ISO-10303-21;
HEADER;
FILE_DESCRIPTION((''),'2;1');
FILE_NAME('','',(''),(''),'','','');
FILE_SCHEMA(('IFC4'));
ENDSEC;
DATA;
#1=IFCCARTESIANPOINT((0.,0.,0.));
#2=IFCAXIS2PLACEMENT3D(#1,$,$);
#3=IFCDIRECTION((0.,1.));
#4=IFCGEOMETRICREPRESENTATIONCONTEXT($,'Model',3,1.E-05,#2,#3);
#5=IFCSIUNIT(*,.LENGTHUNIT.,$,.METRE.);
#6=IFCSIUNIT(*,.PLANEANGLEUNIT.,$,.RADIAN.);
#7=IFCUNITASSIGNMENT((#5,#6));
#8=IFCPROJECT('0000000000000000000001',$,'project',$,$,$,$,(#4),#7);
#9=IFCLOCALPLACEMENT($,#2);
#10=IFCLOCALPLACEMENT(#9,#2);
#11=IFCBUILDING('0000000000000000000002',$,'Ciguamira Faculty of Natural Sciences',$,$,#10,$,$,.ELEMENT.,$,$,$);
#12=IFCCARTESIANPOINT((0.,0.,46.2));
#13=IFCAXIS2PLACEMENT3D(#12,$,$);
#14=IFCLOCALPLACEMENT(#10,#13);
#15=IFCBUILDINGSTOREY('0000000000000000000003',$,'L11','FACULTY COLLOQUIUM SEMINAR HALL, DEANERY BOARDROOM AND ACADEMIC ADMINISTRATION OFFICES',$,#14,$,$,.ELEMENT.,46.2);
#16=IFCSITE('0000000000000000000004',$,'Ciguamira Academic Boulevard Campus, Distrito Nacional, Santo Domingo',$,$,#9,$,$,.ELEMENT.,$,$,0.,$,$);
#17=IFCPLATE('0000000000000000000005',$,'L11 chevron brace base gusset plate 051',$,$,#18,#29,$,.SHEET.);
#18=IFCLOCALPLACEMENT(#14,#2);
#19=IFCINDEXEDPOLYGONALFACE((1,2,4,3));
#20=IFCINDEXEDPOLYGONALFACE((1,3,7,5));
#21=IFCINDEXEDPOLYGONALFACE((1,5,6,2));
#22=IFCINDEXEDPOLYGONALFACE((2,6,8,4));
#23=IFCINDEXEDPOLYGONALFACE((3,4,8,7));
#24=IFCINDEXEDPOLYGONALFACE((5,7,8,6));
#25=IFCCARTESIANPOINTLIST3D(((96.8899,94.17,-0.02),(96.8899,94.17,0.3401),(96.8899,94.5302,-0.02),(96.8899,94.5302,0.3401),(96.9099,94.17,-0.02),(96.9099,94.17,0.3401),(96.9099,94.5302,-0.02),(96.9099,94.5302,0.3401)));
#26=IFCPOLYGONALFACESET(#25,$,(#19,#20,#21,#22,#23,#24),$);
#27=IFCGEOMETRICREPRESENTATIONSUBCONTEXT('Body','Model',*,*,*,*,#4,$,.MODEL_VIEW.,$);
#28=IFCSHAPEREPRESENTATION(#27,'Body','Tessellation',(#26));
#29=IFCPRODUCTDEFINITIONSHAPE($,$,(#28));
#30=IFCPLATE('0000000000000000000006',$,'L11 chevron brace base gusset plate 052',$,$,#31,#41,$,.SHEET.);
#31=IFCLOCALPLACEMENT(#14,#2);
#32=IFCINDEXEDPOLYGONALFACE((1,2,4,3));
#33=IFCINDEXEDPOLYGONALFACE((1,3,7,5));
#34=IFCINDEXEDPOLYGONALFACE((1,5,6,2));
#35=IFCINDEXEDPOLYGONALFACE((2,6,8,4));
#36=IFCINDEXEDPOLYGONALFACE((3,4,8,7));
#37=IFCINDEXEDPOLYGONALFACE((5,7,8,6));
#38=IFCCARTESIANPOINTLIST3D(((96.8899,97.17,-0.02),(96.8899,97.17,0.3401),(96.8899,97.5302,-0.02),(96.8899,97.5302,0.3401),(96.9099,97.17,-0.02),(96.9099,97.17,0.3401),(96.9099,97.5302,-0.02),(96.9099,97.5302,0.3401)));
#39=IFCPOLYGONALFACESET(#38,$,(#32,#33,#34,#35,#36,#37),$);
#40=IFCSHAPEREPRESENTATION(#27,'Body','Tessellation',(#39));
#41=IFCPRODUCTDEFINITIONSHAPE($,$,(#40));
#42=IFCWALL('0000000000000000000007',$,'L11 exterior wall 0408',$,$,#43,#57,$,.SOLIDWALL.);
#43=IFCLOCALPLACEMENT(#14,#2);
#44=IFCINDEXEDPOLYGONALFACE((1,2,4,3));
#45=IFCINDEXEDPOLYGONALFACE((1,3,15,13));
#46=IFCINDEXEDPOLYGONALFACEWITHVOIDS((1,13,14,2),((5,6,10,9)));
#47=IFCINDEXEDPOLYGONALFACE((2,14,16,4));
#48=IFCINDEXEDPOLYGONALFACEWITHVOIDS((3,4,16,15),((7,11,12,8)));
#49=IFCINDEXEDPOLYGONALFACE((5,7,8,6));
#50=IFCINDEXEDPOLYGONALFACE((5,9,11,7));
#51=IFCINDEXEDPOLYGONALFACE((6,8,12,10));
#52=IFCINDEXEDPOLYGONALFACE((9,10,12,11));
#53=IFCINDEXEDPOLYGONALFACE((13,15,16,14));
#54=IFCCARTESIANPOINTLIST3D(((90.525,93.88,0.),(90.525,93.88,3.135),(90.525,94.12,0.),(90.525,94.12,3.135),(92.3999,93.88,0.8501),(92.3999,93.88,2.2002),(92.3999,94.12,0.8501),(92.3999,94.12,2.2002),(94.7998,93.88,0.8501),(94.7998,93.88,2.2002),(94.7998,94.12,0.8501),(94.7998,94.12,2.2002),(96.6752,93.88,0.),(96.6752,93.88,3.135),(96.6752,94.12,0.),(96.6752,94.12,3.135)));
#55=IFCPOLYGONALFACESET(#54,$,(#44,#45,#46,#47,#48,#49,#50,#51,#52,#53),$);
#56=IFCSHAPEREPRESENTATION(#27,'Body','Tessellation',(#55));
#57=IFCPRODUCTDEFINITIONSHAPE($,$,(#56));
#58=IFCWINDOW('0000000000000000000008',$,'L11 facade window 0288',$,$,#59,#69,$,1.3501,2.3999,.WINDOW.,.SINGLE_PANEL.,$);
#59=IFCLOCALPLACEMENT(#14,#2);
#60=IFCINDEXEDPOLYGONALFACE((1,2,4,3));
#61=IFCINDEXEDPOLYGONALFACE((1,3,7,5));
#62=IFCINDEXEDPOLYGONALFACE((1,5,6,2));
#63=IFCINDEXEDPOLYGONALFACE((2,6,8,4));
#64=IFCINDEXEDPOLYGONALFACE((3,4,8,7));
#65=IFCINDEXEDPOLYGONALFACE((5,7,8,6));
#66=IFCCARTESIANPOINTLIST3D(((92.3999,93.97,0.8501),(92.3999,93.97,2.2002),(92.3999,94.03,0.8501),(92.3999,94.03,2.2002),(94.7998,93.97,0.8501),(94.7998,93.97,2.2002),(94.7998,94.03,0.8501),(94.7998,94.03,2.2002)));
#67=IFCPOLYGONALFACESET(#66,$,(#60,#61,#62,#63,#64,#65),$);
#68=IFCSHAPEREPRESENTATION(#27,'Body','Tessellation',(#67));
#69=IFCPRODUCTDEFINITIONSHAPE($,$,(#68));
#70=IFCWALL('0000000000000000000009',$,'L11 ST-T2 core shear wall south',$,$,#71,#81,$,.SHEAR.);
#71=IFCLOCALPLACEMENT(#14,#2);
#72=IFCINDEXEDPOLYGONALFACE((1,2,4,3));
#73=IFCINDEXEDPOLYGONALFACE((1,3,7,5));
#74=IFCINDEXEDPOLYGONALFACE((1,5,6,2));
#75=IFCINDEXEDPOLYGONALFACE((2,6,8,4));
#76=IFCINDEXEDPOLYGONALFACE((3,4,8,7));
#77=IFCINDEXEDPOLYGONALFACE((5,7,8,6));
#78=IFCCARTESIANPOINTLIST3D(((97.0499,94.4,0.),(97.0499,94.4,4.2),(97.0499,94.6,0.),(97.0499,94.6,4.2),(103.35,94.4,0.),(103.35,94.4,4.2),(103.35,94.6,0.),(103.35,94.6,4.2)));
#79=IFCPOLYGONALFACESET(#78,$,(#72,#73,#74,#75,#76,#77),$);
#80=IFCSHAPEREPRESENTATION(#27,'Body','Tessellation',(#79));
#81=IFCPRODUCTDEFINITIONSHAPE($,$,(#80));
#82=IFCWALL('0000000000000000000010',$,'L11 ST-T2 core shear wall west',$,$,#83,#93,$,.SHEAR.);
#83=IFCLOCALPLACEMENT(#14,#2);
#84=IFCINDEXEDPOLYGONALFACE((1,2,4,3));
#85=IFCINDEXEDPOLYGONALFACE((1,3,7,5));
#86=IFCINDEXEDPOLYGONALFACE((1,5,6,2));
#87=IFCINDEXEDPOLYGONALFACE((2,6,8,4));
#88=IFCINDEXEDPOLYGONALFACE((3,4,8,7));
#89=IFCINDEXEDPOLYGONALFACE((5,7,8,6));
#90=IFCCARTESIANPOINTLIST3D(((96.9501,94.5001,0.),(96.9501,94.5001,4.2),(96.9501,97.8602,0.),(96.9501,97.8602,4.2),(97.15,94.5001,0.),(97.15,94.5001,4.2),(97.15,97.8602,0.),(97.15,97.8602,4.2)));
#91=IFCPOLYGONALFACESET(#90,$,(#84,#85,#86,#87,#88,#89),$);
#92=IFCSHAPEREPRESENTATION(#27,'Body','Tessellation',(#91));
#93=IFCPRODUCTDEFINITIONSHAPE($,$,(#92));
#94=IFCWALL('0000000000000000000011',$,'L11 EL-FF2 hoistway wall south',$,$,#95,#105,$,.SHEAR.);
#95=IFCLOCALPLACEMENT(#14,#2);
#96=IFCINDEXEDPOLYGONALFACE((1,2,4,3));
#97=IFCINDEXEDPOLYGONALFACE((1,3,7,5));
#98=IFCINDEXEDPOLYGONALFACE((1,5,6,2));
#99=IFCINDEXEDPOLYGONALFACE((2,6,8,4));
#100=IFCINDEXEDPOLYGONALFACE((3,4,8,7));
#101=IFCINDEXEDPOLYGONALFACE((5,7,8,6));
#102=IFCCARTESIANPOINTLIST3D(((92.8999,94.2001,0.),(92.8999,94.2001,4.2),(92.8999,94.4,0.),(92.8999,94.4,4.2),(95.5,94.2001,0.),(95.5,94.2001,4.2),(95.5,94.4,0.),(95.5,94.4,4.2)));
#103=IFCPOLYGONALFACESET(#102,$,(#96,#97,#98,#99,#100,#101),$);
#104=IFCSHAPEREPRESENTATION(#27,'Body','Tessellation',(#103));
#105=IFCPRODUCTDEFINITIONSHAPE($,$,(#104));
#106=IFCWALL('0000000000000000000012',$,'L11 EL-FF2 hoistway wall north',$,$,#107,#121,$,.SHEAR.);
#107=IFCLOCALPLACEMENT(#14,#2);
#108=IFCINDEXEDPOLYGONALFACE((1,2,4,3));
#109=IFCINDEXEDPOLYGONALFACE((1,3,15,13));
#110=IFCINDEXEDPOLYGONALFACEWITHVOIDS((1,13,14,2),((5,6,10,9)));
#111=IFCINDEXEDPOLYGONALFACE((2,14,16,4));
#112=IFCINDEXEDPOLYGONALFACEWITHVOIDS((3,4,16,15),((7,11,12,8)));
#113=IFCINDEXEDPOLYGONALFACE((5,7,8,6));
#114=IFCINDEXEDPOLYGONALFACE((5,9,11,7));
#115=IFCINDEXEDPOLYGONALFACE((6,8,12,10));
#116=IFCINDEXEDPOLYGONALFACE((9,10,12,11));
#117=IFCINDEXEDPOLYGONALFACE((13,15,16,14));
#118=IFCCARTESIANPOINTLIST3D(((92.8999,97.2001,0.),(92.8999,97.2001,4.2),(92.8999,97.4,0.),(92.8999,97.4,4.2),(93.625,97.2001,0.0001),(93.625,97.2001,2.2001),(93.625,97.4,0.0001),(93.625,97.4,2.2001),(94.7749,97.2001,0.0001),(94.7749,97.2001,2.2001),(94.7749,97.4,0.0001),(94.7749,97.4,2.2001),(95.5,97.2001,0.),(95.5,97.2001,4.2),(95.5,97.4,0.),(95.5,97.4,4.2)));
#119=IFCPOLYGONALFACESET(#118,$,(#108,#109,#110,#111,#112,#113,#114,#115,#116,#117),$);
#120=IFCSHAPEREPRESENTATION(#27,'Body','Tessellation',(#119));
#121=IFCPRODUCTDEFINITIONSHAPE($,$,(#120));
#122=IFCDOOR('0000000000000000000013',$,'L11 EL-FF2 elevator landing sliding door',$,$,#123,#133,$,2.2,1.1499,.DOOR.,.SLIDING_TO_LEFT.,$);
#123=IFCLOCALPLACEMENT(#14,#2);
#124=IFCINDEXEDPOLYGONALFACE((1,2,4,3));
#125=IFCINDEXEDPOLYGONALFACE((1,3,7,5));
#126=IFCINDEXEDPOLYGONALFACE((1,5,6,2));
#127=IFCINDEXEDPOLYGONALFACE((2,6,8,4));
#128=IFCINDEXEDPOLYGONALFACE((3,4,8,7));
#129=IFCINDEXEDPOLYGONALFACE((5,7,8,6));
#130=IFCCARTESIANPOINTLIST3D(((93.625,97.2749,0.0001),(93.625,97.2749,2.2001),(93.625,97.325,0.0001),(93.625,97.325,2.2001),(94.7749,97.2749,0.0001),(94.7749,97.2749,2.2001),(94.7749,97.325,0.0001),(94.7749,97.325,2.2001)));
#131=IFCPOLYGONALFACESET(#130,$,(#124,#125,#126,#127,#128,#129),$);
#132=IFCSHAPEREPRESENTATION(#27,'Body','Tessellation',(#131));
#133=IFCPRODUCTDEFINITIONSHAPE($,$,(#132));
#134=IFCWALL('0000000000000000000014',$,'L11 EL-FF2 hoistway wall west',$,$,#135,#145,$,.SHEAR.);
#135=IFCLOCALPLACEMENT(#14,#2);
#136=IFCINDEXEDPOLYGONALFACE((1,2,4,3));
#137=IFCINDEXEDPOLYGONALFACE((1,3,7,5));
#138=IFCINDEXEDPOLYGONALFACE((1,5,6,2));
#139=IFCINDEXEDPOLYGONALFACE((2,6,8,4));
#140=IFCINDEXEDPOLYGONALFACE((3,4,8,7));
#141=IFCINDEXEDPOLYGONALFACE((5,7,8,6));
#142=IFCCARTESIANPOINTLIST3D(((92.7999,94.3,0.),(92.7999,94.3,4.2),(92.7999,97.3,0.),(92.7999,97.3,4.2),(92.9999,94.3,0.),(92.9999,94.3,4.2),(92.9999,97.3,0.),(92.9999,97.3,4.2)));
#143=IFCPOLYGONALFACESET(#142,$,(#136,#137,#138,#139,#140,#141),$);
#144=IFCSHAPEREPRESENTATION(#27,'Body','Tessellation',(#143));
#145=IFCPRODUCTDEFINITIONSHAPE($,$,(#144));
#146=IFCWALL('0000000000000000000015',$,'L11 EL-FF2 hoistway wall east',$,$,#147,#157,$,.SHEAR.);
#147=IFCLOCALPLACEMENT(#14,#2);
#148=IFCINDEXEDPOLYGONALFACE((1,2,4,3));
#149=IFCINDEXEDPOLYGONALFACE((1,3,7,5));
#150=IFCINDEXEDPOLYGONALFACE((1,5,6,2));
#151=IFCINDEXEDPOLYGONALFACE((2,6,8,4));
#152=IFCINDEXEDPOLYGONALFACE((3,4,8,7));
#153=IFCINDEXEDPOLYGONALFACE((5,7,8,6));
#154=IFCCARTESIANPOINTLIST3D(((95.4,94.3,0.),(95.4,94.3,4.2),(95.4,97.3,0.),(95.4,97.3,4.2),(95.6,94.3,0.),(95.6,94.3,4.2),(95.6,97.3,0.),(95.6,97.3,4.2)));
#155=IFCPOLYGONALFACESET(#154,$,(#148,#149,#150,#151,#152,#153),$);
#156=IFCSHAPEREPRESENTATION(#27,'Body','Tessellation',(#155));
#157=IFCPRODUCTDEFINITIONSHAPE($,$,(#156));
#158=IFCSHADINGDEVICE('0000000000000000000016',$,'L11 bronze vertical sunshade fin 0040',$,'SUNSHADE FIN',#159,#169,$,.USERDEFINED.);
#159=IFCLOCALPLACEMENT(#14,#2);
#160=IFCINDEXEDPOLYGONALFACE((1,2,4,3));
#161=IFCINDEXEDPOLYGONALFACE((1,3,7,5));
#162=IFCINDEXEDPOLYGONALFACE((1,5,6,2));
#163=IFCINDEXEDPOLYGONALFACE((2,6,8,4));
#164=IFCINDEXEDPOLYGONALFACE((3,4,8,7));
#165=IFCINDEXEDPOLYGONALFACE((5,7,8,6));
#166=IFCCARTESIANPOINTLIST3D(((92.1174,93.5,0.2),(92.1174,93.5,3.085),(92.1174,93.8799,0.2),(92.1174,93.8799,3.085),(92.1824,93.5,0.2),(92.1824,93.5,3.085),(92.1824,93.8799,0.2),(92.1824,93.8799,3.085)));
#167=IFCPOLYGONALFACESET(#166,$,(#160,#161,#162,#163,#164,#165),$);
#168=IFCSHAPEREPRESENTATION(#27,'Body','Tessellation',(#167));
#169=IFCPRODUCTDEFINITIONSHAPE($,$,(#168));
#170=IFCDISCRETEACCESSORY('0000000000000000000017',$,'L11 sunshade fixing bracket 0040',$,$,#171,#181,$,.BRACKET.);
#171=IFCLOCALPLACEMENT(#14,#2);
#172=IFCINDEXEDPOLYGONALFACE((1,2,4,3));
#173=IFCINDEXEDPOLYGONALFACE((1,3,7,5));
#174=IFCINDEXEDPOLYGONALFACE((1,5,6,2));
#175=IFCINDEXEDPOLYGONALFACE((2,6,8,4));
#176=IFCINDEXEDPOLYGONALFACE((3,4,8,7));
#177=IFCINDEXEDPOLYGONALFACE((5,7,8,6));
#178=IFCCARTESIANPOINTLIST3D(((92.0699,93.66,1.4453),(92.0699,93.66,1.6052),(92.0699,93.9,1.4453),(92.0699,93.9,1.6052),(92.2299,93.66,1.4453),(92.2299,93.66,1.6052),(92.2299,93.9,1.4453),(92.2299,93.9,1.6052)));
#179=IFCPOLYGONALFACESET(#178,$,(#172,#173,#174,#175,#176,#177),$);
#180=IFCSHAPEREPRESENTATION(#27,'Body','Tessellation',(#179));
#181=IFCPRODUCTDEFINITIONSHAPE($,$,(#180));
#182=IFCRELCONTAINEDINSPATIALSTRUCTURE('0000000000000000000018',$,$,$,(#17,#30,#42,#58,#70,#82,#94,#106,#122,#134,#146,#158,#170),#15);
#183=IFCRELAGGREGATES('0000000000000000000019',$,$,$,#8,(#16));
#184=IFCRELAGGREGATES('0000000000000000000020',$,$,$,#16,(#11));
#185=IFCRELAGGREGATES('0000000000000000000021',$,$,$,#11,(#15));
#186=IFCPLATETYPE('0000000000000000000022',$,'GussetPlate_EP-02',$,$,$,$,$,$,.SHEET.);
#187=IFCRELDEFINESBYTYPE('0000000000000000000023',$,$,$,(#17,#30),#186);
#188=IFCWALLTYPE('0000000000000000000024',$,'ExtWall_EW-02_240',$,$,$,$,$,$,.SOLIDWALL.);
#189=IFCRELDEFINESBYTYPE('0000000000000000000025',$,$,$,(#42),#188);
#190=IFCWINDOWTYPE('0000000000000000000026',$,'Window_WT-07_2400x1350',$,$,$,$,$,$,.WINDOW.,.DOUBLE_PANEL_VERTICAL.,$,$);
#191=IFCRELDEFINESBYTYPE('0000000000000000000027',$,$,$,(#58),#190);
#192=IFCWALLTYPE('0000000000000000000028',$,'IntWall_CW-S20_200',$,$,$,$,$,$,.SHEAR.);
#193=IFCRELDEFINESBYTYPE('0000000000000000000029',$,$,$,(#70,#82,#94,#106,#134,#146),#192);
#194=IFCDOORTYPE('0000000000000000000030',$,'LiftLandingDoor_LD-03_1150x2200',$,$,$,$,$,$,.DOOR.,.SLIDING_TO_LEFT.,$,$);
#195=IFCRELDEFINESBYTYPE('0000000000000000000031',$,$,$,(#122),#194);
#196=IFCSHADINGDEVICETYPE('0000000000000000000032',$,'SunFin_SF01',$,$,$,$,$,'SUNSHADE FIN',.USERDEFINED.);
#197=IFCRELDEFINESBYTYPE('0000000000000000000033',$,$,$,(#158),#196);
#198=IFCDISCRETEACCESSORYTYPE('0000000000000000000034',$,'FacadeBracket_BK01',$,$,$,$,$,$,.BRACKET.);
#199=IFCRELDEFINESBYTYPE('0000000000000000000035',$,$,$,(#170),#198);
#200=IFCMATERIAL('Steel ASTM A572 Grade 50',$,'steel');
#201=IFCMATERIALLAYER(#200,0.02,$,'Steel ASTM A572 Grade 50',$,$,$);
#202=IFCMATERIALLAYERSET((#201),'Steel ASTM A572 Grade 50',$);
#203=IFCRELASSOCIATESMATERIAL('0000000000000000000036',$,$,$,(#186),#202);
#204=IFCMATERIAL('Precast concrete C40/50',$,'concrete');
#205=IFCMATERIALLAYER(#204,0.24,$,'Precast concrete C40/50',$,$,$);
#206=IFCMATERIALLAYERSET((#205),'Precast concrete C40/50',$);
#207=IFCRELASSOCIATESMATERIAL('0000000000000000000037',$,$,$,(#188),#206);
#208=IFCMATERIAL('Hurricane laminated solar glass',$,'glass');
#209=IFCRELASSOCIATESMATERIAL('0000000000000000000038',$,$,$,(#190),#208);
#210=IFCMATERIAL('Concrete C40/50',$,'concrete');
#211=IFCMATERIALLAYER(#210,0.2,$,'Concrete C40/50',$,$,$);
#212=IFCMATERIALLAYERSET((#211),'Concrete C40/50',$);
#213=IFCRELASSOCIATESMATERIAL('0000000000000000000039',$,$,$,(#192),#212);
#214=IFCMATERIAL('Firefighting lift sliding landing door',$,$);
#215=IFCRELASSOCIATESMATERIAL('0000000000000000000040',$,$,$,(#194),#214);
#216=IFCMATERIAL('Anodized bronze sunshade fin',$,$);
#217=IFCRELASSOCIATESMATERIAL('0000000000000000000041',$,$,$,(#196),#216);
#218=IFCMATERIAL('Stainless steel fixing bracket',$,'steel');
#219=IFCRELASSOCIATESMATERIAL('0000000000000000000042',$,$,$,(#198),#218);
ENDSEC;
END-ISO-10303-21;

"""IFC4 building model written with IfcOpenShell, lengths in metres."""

from ifc_helpers import new_model, si_unit, direction, frame, frame_2d, origin, origin_2d, place, context, subcontext, project, spatial, rectangle, extrude, material, layer, layer_set, material_profile, profile_set, type_object, element, fill, save


model = new_model("IFC4")

# Units and contexts
model_context = context("Model", 3, precision=1e-05, world=origin(), true_north=direction((0.0, 1.0)))
body_context = subcontext(model_context, "Body", "Model", "MODEL_VIEW")
ifc_project = project(units=[si_unit("LENGTHUNIT", "METRE"), si_unit("PLANEANGLEUNIT", "RADIAN")], contexts=[model_context])

# Site, building, storey
site_placement = place(None, origin())
site = spatial("IfcSite", under=ifc_project, at=site_placement, Name="Ciguamira Academic Boulevard Campus, Distrito Nacional, Santo Domingo", CompositionType="ELEMENT", RefElevation=0.0)
building_placement = place(site_placement, origin())
building = spatial("IfcBuilding", under=site, at=building_placement, Name="Ciguamira Faculty of Natural Sciences", CompositionType="ELEMENT")
storey_placement = place(building_placement, frame((0.0, 0.0, 46.2)))
storey = spatial("IfcBuildingStorey", under=building, at=storey_placement, Name="L11", Description="FACULTY COLLOQUIUM SEMINAR HALL, DEANERY BOARDROOM AND ACADEMIC ADMINISTRATION OFFICES", CompositionType="ELEMENT", Elevation=46.2)

# Shared definitions
ifc_material_1 = material(Name="Concrete C40/50", Category="concrete")

# Plates
ifc_material_2 = material(Name="Steel ASTM A572 Grade 50", Category="steel")
ifc_layer_1 = layer(ifc_material_2, 0.02, Name="Steel ASTM A572 Grade 50")
ifc_layer_set_1 = layer_set([ifc_layer_1], Name="Steel ASTM A572 Grade 50")
plate_type = type_object("IfcPlateType", Name="GussetPlate_EP-02", PredefinedType="SHEET", material=ifc_layer_set_1)
for number, where, z_axis, x_axis, name in (
    (1, (96.8999, 94.3501, -0.02), (0.0, 0.0, 1.0), (1.0, 0.0, 0.0), "L11 chevron brace base gusset plate 051"),
    (2, (96.8999, 97.3501, -0.02), (0.0, 0.0, 1.0), (1.0, 0.0, 0.0), "L11 chevron brace base gusset plate 052"),
):
    element("IfcPlate", number, at=place(storey_placement, frame(where, z_axis=z_axis, x_axis=x_axis)), inside=storey, type_object=plate_type, Name=name, PredefinedType="SHEET", context=body_context, shape_type="SweptSolid", body=[
        extrude(rectangle(XDim=0.02, YDim=0.3601, at=origin_2d()), origin(), (0.0, 0.0, 1.0), 0.3601),
    ])

# Wall, opening, window
ifc_material_3 = material(Name="Precast concrete C40/50", Category="concrete")
ifc_layer_2 = layer(ifc_material_3, 0.24, Name="Precast concrete C40/50")
ifc_layer_set_2 = layer_set([ifc_layer_2], Name="Precast concrete C40/50")
wall_type_1 = type_object("IfcWallType", Name="ExtWall_EW-02_240", PredefinedType="SOLIDWALL", material=ifc_layer_set_2)
wall_1_placement = place(storey_placement, frame((90.5249, 94.0, 0.0), z_axis=(0.0, 0.0, 1.0), x_axis=(1.0, 0.0, 0.0)))
wall_1 = element("IfcWall", 3, at=wall_1_placement, inside=storey, type_object=wall_type_1, Name="L11 exterior wall 0408", PredefinedType="SOLIDWALL", context=body_context, shape_type="SweptSolid", body=[
    extrude(rectangle(XDim=6.1501, YDim=0.24, at=frame_2d((3.0752, 0.0))), origin(), (0.0, 0.0, 1.0), 3.135),
])
opening_1_placement = place(wall_1_placement, frame((1.875, 0.0, 0.8501)))
opening_1 = element("IfcOpeningElement", 4, at=opening_1_placement, cuts=wall_1, PredefinedType="OPENING", context=body_context, shape_type="SweptSolid", body=[
    extrude(rectangle(XDim=2.3999, YDim=1.3501, at=frame_2d((1.2, 0.675))), frame((0.0, 0.1299, 0.0), z_axis=(0.0, -1.0, 0.0), x_axis=(1.0, 0.0, 0.0)), (0.0, 0.0, 1.0), 0.26),
])
ifc_material_4 = material(Name="Hurricane laminated solar glass", Category="glass")
window_type = type_object("IfcWindowType", Name="Window_WT-07_2400x1350", PartitioningType="DOUBLE_PANEL_VERTICAL", PredefinedType="WINDOW", material=ifc_material_4)
window_placement = place(opening_1_placement, origin())
window = element("IfcWindow", 5, at=window_placement, inside=storey, type_object=window_type, Name="L11 facade window 0288", OverallHeight=1.3501, OverallWidth=2.3999, PartitioningType="SINGLE_PANEL", PredefinedType="WINDOW", context=body_context, shape_type="SweptSolid", body=[
    extrude(rectangle(XDim=2.3999, YDim=1.3501, at=frame_2d((1.2, 0.675))), frame((0.0, 0.03, 0.0), z_axis=(0.0, -1.0, 0.0), x_axis=(1.0, 0.0, 0.0)), (0.0, 0.0, 1.0), 0.0601),
])
fill(opening_1, window)

# Walls
ifc_layer_3 = layer(ifc_material_1, 0.2, Name="Concrete C40/50")
ifc_layer_set_3 = layer_set([ifc_layer_3], Name="Concrete C40/50")
wall_type_2 = type_object("IfcWallType", Name="IntWall_CW-S20_200", PredefinedType="SHEAR", material=ifc_layer_set_3)
wall_2_placement = place(storey_placement, frame((97.05, 94.5, 0.0), z_axis=(0.0, 0.0, 1.0), x_axis=(1.0, 0.0, 0.0)))
element("IfcWall", 6, at=wall_2_placement, inside=storey, type_object=wall_type_2, Name="L11 ST-T2 core shear wall south", PredefinedType="SHEAR", context=body_context, shape_type="SweptSolid", body=[
    extrude(rectangle(XDim=6.3, YDim=0.2, at=frame_2d((3.1499, 0.0))), origin(), (0.0, 0.0, 1.0), 4.2),
])
wall_3_placement = place(storey_placement, frame((97.05, 94.5, 0.0), z_axis=(0.0, 0.0, 1.0), x_axis=(0.0, 1.0, 0.0)))
element("IfcWall", 7, at=wall_3_placement, inside=storey, type_object=wall_type_2, Name="L11 ST-T2 core shear wall west", PredefinedType="SHEAR", context=body_context, shape_type="SweptSolid", body=[
    extrude(rectangle(XDim=3.3601, YDim=0.2, at=frame_2d((1.6802, 0.0))), origin(), (0.0, 0.0, 1.0), 4.2),
])
wall_4_placement = place(storey_placement, frame((92.8999, 94.3, 0.0), z_axis=(0.0, 0.0, 1.0), x_axis=(1.0, 0.0, 0.0)))
element("IfcWall", 8, at=wall_4_placement, inside=storey, type_object=wall_type_2, Name="L11 EL-FF2 hoistway wall south", PredefinedType="SHEAR", context=body_context, shape_type="SweptSolid", body=[
    extrude(rectangle(XDim=2.6001, YDim=0.2, at=frame_2d((1.3, 0.0))), origin(), (0.0, 0.0, 1.0), 4.2),
])

# Wall, opening, door
wall_5_placement = place(storey_placement, frame((92.8999, 97.3, 0.0), z_axis=(0.0, 0.0, 1.0), x_axis=(1.0, 0.0, 0.0)))
wall_5 = element("IfcWall", 9, at=wall_5_placement, inside=storey, type_object=wall_type_2, Name="L11 EL-FF2 hoistway wall north", PredefinedType="SHEAR", context=body_context, shape_type="SweptSolid", body=[
    extrude(rectangle(XDim=2.6001, YDim=0.2, at=frame_2d((1.3, 0.0))), origin(), (0.0, 0.0, 1.0), 4.2),
])
opening_2_placement = place(wall_5_placement, frame((0.7251, 0.0, 0.0)))
opening_2 = element("IfcOpeningElement", 10, at=opening_2_placement, cuts=wall_5, PredefinedType="OPENING", context=body_context, shape_type="SweptSolid", body=[
    extrude(rectangle(XDim=1.1499, YDim=2.2, at=frame_2d((0.575, 1.1001))), frame((0.0, 0.1099, 0.0), z_axis=(0.0, -1.0, 0.0), x_axis=(1.0, 0.0, 0.0)), (0.0, 0.0, 1.0), 0.22),
])
ifc_material_5 = material(Name="Firefighting lift sliding landing door")
door_type = type_object("IfcDoorType", Name="LiftLandingDoor_LD-03_1150x2200", OperationType="SLIDING_TO_LEFT", PredefinedType="DOOR", material=ifc_material_5)
door_placement = place(opening_2_placement, origin())
door = element("IfcDoor", 11, at=door_placement, inside=storey, type_object=door_type, Name="L11 EL-FF2 elevator landing sliding door", OperationType="SLIDING_TO_LEFT", OverallHeight=2.2, OverallWidth=1.1499, PredefinedType="DOOR", context=body_context, shape_type="SweptSolid", body=[
    extrude(rectangle(XDim=1.1499, YDim=2.2, at=frame_2d((0.575, 1.1001))), frame((0.0, 0.0249, 0.0), z_axis=(0.0, -1.0, 0.0), x_axis=(1.0, 0.0, 0.0)), (0.0, 0.0, 1.0), 0.05),
])
fill(opening_2, door)

# Walls
for number, where, z_axis, x_axis, name in (
    (12, (92.8999, 94.3, 0.0), (0.0, 0.0, 1.0), (0.0, 1.0, 0.0), "L11 EL-FF2 hoistway wall west"),
    (13, (95.5, 94.3, 0.0), (0.0, 0.0, 1.0), (0.0, 1.0, 0.0), "L11 EL-FF2 hoistway wall east"),
):
    element("IfcWall", number, at=place(storey_placement, frame(where, z_axis=z_axis, x_axis=x_axis)), inside=storey, type_object=wall_type_2, Name=name, PredefinedType="SHEAR", context=body_context, shape_type="SweptSolid", body=[
        extrude(rectangle(XDim=3.0, YDim=0.2, at=frame_2d((1.5, 0.0))), origin(), (0.0, 0.0, 1.0), 4.2),
    ])

# Shading device
ifc_material_6 = material(Name="Anodized bronze sunshade fin")
ifc_material_profile_1 = material_profile(ifc_material_6, rectangle(XDim=0.0649, YDim=0.3799, at=origin_2d()), Name="BRZ-FIN-65X380")
ifc_profile_set_1 = profile_set([ifc_material_profile_1], Name="Anodized bronze sunshade fin")
shading_device_type = type_object("IfcShadingDeviceType", Name="SunFin_SF01", ElementType="SUNSHADE FIN", PredefinedType="USERDEFINED", material=ifc_profile_set_1)
shading_device_placement = place(storey_placement, frame((92.1499, 93.6899, 0.2), z_axis=(0.0, 0.0, 1.0), x_axis=(1.0, 0.0, 0.0)))
element("IfcShadingDevice", 14, at=shading_device_placement, inside=storey, type_object=shading_device_type, Name="L11 bronze vertical sunshade fin 0040", ObjectType="SUNSHADE FIN", PredefinedType="USERDEFINED", context=body_context, shape_type="SweptSolid", body=[
    extrude(rectangle(XDim=0.0649, YDim=0.3799, at=origin_2d()), origin(), (0.0, 0.0, 1.0), 2.885),
])

# Discrete accessory
ifc_material_7 = material(Name="Stainless steel fixing bracket", Category="steel")
discrete_accessory_type = type_object("IfcDiscreteAccessoryType", Name="FacadeBracket_BK01", PredefinedType="BRACKET", material=ifc_material_7)
discrete_accessory_placement = place(storey_placement, frame((92.1499, 93.78, 1.4453), z_axis=(0.0, 0.0, 1.0), x_axis=(1.0, 0.0, 0.0)))
element("IfcDiscreteAccessory", 15, at=discrete_accessory_placement, inside=storey, type_object=discrete_accessory_type, Name="L11 sunshade fixing bracket 0040", PredefinedType="BRACKET", context=body_context, shape_type="SweptSolid", body=[
    extrude(rectangle(XDim=0.1599, YDim=0.24, at=origin_2d()), origin(), (0.0, 0.0, 1.0), 0.1599),
])

save(model, "model.ifc")
